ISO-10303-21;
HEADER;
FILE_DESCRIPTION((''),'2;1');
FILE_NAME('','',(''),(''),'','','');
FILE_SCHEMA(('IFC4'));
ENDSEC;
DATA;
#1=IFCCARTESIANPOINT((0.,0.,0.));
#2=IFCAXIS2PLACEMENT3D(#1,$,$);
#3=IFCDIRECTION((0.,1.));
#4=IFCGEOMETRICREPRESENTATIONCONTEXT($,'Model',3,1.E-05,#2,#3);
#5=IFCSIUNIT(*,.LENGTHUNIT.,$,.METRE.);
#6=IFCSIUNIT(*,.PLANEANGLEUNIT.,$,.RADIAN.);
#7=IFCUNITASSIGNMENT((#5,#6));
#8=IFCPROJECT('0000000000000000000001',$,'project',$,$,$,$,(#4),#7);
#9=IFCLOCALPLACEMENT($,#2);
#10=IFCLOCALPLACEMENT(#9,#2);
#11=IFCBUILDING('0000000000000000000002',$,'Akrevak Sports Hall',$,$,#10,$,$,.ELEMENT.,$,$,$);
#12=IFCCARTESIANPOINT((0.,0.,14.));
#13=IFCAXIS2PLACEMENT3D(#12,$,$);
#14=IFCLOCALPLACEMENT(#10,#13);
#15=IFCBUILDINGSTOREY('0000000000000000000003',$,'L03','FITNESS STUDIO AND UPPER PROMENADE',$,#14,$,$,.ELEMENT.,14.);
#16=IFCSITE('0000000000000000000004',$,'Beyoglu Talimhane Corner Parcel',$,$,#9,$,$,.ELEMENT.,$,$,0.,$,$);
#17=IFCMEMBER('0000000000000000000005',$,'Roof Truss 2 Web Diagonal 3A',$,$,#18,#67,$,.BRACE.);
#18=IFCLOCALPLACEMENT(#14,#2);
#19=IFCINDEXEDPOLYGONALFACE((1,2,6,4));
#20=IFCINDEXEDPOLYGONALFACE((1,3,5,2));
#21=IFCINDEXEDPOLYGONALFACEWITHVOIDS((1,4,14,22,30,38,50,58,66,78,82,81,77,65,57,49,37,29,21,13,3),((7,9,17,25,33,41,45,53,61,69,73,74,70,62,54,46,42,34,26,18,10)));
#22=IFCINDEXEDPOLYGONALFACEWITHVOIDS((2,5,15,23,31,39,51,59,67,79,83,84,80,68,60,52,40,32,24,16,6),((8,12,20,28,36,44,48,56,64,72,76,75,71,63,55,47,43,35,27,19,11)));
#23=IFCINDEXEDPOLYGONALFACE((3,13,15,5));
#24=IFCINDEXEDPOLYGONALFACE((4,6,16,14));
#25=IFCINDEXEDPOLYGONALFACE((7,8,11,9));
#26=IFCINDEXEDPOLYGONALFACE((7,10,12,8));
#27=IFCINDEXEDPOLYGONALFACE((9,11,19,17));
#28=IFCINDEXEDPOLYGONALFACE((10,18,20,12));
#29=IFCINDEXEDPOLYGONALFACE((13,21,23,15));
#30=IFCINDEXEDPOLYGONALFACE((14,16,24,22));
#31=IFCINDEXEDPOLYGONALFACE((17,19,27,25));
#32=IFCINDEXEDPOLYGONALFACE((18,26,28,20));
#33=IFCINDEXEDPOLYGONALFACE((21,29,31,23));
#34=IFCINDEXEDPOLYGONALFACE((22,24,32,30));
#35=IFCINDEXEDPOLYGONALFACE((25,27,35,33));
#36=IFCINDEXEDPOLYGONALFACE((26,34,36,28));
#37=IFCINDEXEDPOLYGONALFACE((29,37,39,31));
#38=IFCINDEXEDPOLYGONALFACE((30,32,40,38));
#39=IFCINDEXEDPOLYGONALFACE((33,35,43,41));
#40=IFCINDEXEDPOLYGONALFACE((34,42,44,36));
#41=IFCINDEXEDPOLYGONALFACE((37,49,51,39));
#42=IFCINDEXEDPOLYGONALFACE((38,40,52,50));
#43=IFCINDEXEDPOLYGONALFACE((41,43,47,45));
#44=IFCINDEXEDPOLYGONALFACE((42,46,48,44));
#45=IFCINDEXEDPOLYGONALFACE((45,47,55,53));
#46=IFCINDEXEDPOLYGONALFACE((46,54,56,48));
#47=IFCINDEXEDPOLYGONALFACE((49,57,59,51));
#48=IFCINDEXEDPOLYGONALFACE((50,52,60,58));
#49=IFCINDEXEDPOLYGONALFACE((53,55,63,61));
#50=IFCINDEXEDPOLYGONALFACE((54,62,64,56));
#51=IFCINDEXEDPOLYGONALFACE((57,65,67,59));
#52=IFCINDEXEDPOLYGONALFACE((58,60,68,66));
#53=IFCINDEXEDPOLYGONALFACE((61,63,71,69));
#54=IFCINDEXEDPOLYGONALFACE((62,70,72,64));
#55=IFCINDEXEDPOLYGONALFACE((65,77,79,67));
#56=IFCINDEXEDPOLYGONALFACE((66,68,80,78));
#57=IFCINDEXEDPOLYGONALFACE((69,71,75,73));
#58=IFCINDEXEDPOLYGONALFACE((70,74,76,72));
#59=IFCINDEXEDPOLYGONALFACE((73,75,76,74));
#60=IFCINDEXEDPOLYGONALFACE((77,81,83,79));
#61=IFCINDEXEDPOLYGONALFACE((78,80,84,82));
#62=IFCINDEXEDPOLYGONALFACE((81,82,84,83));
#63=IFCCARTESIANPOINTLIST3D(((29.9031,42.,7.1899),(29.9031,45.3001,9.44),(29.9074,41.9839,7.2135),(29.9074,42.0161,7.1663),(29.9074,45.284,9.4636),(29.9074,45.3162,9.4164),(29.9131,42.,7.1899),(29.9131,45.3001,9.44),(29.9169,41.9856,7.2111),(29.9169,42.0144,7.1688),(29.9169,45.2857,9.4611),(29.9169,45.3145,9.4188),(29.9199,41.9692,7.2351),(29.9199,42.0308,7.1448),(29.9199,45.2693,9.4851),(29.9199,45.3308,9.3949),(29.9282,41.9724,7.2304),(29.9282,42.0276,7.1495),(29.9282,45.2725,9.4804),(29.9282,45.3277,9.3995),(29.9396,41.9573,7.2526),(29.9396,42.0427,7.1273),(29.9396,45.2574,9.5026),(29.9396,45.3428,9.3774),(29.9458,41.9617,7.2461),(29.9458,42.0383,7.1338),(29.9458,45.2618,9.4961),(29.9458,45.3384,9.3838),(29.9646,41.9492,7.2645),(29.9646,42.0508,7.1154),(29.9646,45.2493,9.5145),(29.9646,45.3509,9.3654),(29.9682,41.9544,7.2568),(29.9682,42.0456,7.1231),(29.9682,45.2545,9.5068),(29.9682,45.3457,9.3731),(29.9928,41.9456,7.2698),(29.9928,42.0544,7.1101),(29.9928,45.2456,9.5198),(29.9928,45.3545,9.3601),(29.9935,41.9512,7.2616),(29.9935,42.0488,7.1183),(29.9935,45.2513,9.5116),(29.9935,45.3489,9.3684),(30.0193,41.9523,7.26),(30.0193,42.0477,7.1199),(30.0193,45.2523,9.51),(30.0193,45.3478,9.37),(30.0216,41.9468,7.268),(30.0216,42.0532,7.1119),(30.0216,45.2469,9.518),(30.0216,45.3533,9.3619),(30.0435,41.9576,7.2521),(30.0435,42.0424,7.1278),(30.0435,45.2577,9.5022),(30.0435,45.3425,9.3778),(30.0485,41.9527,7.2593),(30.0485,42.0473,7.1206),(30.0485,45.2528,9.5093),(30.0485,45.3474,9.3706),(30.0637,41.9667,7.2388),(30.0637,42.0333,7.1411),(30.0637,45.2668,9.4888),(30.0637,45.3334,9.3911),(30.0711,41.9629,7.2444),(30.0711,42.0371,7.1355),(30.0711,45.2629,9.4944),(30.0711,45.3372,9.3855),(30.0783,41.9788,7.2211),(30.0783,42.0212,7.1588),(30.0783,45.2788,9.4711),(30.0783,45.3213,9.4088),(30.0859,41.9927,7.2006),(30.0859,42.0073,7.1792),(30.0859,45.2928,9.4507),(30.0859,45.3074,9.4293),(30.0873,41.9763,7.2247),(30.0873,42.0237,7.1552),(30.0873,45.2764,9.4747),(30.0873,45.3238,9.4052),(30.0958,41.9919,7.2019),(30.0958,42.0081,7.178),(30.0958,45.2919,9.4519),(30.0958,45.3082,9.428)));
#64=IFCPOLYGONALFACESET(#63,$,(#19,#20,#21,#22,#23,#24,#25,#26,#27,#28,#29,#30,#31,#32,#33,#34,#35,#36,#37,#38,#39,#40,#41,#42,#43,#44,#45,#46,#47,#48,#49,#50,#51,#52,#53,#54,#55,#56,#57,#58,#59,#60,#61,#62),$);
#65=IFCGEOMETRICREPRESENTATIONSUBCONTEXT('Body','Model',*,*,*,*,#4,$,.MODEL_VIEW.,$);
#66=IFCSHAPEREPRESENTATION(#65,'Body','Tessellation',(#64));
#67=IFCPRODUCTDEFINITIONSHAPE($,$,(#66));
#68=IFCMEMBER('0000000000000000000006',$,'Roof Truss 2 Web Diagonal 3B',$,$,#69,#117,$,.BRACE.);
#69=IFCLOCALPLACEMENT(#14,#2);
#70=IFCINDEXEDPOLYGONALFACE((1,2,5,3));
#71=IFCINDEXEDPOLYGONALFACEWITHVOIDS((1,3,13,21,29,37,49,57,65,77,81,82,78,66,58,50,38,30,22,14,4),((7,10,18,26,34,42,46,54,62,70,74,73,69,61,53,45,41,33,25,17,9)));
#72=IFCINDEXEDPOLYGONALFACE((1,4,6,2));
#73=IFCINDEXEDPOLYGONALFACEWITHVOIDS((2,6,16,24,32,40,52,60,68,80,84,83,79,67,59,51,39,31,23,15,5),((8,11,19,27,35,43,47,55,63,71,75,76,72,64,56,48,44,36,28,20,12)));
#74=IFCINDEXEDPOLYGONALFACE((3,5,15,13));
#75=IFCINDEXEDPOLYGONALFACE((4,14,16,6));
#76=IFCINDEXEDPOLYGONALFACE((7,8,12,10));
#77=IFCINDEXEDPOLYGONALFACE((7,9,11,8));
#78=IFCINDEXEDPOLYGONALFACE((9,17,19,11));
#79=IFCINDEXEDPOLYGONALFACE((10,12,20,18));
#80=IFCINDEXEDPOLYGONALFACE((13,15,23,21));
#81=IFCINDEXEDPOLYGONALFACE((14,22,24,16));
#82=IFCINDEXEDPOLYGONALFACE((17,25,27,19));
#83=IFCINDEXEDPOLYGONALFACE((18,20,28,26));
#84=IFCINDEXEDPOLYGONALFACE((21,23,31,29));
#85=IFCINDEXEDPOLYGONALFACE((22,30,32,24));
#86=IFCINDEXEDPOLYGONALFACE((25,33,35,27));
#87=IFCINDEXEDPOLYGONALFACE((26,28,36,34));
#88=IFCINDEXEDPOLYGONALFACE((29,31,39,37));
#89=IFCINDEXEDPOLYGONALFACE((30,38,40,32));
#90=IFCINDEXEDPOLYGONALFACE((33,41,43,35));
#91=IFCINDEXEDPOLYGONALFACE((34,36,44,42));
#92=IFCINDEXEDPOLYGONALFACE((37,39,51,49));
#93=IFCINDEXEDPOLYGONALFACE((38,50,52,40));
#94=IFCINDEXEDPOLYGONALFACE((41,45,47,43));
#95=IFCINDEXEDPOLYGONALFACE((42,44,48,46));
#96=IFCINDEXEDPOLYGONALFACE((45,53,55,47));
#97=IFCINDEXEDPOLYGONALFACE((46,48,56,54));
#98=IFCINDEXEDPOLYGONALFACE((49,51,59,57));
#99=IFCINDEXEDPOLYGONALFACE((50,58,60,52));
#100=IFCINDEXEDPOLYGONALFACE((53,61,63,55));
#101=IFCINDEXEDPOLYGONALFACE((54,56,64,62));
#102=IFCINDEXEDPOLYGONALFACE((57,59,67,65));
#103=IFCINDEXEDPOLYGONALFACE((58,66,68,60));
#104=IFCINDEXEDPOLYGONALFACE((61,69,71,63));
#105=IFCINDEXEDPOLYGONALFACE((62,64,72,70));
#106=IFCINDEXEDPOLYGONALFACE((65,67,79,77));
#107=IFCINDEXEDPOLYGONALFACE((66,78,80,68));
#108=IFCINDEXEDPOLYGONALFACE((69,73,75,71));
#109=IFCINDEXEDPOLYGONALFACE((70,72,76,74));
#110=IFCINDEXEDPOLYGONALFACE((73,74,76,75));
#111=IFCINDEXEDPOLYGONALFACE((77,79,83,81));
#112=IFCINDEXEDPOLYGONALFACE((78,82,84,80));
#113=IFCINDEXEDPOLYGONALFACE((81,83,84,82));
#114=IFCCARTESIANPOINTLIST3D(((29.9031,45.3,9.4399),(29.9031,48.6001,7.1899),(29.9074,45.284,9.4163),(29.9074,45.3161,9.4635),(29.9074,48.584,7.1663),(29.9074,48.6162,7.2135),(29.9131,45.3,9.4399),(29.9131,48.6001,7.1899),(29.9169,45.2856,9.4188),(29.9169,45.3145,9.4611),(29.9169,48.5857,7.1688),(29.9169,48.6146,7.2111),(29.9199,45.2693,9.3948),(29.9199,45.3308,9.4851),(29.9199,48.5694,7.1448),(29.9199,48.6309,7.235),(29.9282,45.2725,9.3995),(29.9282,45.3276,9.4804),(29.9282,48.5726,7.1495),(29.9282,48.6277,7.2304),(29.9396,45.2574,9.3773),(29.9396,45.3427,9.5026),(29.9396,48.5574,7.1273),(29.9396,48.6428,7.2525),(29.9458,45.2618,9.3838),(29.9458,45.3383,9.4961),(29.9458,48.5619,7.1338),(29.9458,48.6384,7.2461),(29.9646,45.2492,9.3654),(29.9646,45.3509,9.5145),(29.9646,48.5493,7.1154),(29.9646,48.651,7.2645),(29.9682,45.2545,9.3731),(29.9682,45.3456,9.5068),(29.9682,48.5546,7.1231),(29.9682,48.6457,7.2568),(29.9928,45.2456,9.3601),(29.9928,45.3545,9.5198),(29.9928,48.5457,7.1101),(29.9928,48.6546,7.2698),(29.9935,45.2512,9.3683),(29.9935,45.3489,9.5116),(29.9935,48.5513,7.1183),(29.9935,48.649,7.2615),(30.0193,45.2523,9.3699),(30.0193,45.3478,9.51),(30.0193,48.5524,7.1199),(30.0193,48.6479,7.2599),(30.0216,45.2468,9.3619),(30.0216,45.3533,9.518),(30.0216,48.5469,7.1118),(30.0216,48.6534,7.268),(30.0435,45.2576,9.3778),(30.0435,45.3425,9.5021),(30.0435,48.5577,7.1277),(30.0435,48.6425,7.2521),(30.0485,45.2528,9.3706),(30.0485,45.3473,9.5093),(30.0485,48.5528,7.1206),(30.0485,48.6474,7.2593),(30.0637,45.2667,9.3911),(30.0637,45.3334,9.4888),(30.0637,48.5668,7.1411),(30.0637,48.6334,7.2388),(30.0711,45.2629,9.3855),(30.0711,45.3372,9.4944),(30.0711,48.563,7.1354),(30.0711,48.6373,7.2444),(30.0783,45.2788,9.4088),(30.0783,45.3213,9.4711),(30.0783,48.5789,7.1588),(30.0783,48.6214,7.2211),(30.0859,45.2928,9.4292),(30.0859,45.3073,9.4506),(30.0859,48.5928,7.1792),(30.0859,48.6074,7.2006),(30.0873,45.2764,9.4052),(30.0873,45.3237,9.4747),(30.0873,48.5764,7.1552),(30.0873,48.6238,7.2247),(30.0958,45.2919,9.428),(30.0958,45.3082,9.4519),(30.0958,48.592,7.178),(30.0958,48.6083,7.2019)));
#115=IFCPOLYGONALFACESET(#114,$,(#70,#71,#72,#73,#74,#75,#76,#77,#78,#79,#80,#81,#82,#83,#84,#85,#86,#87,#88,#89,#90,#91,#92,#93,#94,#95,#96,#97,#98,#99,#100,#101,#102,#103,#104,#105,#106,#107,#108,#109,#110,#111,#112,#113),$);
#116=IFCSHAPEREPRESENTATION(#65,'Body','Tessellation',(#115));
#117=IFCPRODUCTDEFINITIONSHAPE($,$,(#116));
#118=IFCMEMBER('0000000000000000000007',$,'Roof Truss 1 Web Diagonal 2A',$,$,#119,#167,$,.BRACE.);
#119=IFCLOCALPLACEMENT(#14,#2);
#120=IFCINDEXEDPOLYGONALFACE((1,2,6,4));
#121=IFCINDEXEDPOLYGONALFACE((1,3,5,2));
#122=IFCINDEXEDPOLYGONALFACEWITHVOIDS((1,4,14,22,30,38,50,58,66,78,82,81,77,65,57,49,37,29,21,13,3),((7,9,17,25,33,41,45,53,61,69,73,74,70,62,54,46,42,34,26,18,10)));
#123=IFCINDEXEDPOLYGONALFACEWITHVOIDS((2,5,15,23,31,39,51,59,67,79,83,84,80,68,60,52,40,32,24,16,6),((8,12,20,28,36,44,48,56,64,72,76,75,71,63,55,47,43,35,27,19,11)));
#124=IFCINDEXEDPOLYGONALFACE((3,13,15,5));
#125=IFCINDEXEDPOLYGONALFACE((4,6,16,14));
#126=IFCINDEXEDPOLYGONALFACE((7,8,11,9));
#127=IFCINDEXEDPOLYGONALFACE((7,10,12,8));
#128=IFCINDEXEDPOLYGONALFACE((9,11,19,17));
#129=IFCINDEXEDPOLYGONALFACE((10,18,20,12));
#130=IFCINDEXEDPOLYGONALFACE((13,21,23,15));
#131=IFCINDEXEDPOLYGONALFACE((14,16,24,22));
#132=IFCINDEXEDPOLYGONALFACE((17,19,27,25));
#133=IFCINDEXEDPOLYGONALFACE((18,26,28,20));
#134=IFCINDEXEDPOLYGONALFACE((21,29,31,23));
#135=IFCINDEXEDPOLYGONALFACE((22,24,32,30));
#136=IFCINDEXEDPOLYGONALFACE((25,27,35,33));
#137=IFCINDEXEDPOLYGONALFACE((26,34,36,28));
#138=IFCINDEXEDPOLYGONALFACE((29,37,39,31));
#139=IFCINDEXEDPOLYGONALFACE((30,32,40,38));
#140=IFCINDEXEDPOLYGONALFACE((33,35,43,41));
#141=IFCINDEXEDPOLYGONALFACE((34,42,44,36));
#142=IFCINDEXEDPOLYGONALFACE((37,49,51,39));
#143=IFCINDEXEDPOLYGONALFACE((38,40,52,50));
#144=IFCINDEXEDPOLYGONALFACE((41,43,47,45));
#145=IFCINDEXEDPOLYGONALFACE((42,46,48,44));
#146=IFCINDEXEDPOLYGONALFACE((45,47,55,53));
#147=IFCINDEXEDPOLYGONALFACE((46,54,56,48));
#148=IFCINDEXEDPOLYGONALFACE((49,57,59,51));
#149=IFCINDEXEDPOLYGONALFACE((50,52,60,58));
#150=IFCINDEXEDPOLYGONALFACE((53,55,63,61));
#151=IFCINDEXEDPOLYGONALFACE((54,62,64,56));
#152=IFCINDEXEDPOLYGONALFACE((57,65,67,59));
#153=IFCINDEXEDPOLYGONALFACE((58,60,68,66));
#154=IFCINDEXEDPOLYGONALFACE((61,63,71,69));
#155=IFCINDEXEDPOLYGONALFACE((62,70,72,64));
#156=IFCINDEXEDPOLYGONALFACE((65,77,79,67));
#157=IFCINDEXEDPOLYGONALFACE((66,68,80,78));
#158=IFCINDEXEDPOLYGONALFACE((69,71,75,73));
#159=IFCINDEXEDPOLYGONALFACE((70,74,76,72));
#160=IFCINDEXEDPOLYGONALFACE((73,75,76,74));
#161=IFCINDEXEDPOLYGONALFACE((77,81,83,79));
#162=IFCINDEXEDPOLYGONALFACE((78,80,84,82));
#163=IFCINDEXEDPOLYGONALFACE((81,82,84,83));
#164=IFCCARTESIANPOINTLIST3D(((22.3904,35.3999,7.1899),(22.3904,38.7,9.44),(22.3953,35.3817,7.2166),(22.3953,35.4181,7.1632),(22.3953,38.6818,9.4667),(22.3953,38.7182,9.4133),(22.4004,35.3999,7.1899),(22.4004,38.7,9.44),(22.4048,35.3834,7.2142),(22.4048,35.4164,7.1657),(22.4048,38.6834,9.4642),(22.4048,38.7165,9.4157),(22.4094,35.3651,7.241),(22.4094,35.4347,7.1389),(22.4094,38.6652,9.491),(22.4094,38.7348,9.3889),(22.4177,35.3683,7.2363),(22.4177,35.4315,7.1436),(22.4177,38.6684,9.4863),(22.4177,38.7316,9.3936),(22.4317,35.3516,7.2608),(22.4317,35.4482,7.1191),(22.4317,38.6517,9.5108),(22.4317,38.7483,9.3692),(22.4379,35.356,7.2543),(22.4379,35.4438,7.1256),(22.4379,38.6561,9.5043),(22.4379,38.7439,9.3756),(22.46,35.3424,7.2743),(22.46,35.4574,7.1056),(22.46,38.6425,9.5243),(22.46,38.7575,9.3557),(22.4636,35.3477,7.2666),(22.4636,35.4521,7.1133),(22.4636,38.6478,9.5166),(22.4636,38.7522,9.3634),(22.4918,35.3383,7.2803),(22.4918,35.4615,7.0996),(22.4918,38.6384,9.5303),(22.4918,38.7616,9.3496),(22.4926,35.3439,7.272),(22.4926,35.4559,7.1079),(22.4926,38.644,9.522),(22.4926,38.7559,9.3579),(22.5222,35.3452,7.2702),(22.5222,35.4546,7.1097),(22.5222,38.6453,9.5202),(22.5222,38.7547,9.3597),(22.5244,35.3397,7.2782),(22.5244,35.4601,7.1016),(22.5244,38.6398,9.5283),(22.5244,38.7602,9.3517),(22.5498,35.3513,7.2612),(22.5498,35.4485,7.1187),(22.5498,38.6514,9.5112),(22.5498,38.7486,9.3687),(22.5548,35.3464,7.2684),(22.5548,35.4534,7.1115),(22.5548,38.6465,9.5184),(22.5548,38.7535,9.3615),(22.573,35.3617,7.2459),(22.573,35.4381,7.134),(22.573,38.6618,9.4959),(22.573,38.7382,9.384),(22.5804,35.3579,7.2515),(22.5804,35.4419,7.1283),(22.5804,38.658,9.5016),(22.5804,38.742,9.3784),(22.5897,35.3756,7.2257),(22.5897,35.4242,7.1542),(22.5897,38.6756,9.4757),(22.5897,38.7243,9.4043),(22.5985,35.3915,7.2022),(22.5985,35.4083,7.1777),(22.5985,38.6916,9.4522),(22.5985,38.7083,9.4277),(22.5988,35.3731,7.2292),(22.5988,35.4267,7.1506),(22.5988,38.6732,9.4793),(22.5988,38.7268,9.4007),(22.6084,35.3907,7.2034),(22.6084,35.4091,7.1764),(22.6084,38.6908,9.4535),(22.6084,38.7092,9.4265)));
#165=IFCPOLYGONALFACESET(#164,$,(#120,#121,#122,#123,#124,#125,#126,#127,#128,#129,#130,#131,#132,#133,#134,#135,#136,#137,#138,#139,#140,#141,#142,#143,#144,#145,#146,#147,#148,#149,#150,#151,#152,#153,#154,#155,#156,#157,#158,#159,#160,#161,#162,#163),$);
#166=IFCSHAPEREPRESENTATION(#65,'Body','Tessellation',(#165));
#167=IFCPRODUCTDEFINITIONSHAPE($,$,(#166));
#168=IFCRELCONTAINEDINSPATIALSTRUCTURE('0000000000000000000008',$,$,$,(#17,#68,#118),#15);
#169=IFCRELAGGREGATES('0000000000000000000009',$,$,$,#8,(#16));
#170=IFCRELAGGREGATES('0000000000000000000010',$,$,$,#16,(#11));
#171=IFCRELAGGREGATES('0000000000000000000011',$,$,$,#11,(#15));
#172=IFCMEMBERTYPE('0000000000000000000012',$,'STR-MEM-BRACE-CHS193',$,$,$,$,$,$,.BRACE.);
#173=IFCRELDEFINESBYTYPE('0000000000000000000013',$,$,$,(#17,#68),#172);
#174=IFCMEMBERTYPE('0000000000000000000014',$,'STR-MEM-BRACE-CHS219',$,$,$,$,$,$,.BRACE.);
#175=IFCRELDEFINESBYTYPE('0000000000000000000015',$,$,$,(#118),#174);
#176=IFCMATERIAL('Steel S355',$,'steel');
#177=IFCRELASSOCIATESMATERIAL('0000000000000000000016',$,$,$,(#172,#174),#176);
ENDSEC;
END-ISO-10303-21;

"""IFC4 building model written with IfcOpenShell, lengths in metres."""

from ifc_helpers import new_model, si_unit, direction, frame, origin, origin_2d, place, context, subcontext, project, spatial, hollow_circle, extrude, material, material_profile, profile_set, type_object, element, save


model = new_model("IFC4")

# Units and contexts
model_context = context("Model", 3, precision=1e-05, world=origin(), true_north=direction((0.0, 1.0)))
body_context = subcontext(model_context, "Body", "Model", "MODEL_VIEW")
ifc_project = project(units=[si_unit("LENGTHUNIT", "METRE"), si_unit("PLANEANGLEUNIT", "RADIAN")], contexts=[model_context])

# Site, building, storey
site_placement = place(None, origin())
site = spatial("IfcSite", under=ifc_project, at=site_placement, Name="Beyoglu Talimhane Corner Parcel", CompositionType="ELEMENT", RefElevation=0.0)
building_placement = place(site_placement, origin())
building = spatial("IfcBuilding", under=site, at=building_placement, Name="Akrevak Sports Hall", CompositionType="ELEMENT")
storey_placement = place(building_placement, frame((0.0, 0.0, 14.0)))
storey = spatial("IfcBuildingStorey", under=building, at=storey_placement, Name="L03", Description="FITNESS STUDIO AND UPPER PROMENADE", CompositionType="ELEMENT", Elevation=14.0)

# Members
ifc_material_1 = material(Name="Steel S355", Category="steel")
ifc_material_profile_1 = material_profile(ifc_material_1, hollow_circle(Radius=0.0969, WallThickness=0.01, at=origin_2d()), Name="CHS 193.7x10", Category="steel")
ifc_profile_set_1 = profile_set([ifc_material_profile_1], Name="Steel S355")
member_type_1 = type_object("IfcMemberType", Name="STR-MEM-BRACE-CHS193", PredefinedType="BRACE", material=ifc_profile_set_1)
for number, where, z_axis, x_axis, name in (
    (1, (30.0, 42.0, 7.1899), (0.0, 0.826231, 0.563331), (-1.0, 0.0, 0.0), "Roof Truss 2 Web Diagonal 3A"),
    (2, (30.0, 45.3, 9.4399), (0.0, 0.826231, -0.563331), (-1.0, 0.0, 0.0), "Roof Truss 2 Web Diagonal 3B"),
):
    element("IfcMember", number, at=place(storey_placement, frame(where, z_axis=z_axis, x_axis=x_axis)), inside=storey, type_object=member_type_1, Name=name, PredefinedType="BRACE", context=body_context, shape_type="SweptSolid", body=[
        extrude(hollow_circle(Radius=0.0969, WallThickness=0.01, at=origin_2d()), origin(), (0.0, 0.0, 1.0), 3.9941),
    ])
ifc_material_profile_2 = material_profile(ifc_material_1, hollow_circle(Radius=0.1096, WallThickness=0.01, at=origin_2d()), Name="CHS 219.1x10", Category="steel")
ifc_profile_set_2 = profile_set([ifc_material_profile_2], Name="Steel S355")
member_type_2 = type_object("IfcMemberType", Name="STR-MEM-BRACE-CHS219", PredefinedType="BRACE", material=ifc_profile_set_2)
for number, where, z_axis, x_axis, name in (
    (3, (22.5, 35.3999, 7.1899), (0.0, 0.826231, 0.563331), (-1.0, 0.0, 0.0), "Roof Truss 1 Web Diagonal 2A"),
):
    element("IfcMember", number, at=place(storey_placement, frame(where, z_axis=z_axis, x_axis=x_axis)), inside=storey, type_object=member_type_2, Name=name, PredefinedType="BRACE", context=body_context, shape_type="SweptSolid", body=[
        extrude(hollow_circle(Radius=0.1096, WallThickness=0.01, at=origin_2d()), origin(), (0.0, 0.0, 1.0), 3.9941),
    ])

save(model, "model.ifc")
